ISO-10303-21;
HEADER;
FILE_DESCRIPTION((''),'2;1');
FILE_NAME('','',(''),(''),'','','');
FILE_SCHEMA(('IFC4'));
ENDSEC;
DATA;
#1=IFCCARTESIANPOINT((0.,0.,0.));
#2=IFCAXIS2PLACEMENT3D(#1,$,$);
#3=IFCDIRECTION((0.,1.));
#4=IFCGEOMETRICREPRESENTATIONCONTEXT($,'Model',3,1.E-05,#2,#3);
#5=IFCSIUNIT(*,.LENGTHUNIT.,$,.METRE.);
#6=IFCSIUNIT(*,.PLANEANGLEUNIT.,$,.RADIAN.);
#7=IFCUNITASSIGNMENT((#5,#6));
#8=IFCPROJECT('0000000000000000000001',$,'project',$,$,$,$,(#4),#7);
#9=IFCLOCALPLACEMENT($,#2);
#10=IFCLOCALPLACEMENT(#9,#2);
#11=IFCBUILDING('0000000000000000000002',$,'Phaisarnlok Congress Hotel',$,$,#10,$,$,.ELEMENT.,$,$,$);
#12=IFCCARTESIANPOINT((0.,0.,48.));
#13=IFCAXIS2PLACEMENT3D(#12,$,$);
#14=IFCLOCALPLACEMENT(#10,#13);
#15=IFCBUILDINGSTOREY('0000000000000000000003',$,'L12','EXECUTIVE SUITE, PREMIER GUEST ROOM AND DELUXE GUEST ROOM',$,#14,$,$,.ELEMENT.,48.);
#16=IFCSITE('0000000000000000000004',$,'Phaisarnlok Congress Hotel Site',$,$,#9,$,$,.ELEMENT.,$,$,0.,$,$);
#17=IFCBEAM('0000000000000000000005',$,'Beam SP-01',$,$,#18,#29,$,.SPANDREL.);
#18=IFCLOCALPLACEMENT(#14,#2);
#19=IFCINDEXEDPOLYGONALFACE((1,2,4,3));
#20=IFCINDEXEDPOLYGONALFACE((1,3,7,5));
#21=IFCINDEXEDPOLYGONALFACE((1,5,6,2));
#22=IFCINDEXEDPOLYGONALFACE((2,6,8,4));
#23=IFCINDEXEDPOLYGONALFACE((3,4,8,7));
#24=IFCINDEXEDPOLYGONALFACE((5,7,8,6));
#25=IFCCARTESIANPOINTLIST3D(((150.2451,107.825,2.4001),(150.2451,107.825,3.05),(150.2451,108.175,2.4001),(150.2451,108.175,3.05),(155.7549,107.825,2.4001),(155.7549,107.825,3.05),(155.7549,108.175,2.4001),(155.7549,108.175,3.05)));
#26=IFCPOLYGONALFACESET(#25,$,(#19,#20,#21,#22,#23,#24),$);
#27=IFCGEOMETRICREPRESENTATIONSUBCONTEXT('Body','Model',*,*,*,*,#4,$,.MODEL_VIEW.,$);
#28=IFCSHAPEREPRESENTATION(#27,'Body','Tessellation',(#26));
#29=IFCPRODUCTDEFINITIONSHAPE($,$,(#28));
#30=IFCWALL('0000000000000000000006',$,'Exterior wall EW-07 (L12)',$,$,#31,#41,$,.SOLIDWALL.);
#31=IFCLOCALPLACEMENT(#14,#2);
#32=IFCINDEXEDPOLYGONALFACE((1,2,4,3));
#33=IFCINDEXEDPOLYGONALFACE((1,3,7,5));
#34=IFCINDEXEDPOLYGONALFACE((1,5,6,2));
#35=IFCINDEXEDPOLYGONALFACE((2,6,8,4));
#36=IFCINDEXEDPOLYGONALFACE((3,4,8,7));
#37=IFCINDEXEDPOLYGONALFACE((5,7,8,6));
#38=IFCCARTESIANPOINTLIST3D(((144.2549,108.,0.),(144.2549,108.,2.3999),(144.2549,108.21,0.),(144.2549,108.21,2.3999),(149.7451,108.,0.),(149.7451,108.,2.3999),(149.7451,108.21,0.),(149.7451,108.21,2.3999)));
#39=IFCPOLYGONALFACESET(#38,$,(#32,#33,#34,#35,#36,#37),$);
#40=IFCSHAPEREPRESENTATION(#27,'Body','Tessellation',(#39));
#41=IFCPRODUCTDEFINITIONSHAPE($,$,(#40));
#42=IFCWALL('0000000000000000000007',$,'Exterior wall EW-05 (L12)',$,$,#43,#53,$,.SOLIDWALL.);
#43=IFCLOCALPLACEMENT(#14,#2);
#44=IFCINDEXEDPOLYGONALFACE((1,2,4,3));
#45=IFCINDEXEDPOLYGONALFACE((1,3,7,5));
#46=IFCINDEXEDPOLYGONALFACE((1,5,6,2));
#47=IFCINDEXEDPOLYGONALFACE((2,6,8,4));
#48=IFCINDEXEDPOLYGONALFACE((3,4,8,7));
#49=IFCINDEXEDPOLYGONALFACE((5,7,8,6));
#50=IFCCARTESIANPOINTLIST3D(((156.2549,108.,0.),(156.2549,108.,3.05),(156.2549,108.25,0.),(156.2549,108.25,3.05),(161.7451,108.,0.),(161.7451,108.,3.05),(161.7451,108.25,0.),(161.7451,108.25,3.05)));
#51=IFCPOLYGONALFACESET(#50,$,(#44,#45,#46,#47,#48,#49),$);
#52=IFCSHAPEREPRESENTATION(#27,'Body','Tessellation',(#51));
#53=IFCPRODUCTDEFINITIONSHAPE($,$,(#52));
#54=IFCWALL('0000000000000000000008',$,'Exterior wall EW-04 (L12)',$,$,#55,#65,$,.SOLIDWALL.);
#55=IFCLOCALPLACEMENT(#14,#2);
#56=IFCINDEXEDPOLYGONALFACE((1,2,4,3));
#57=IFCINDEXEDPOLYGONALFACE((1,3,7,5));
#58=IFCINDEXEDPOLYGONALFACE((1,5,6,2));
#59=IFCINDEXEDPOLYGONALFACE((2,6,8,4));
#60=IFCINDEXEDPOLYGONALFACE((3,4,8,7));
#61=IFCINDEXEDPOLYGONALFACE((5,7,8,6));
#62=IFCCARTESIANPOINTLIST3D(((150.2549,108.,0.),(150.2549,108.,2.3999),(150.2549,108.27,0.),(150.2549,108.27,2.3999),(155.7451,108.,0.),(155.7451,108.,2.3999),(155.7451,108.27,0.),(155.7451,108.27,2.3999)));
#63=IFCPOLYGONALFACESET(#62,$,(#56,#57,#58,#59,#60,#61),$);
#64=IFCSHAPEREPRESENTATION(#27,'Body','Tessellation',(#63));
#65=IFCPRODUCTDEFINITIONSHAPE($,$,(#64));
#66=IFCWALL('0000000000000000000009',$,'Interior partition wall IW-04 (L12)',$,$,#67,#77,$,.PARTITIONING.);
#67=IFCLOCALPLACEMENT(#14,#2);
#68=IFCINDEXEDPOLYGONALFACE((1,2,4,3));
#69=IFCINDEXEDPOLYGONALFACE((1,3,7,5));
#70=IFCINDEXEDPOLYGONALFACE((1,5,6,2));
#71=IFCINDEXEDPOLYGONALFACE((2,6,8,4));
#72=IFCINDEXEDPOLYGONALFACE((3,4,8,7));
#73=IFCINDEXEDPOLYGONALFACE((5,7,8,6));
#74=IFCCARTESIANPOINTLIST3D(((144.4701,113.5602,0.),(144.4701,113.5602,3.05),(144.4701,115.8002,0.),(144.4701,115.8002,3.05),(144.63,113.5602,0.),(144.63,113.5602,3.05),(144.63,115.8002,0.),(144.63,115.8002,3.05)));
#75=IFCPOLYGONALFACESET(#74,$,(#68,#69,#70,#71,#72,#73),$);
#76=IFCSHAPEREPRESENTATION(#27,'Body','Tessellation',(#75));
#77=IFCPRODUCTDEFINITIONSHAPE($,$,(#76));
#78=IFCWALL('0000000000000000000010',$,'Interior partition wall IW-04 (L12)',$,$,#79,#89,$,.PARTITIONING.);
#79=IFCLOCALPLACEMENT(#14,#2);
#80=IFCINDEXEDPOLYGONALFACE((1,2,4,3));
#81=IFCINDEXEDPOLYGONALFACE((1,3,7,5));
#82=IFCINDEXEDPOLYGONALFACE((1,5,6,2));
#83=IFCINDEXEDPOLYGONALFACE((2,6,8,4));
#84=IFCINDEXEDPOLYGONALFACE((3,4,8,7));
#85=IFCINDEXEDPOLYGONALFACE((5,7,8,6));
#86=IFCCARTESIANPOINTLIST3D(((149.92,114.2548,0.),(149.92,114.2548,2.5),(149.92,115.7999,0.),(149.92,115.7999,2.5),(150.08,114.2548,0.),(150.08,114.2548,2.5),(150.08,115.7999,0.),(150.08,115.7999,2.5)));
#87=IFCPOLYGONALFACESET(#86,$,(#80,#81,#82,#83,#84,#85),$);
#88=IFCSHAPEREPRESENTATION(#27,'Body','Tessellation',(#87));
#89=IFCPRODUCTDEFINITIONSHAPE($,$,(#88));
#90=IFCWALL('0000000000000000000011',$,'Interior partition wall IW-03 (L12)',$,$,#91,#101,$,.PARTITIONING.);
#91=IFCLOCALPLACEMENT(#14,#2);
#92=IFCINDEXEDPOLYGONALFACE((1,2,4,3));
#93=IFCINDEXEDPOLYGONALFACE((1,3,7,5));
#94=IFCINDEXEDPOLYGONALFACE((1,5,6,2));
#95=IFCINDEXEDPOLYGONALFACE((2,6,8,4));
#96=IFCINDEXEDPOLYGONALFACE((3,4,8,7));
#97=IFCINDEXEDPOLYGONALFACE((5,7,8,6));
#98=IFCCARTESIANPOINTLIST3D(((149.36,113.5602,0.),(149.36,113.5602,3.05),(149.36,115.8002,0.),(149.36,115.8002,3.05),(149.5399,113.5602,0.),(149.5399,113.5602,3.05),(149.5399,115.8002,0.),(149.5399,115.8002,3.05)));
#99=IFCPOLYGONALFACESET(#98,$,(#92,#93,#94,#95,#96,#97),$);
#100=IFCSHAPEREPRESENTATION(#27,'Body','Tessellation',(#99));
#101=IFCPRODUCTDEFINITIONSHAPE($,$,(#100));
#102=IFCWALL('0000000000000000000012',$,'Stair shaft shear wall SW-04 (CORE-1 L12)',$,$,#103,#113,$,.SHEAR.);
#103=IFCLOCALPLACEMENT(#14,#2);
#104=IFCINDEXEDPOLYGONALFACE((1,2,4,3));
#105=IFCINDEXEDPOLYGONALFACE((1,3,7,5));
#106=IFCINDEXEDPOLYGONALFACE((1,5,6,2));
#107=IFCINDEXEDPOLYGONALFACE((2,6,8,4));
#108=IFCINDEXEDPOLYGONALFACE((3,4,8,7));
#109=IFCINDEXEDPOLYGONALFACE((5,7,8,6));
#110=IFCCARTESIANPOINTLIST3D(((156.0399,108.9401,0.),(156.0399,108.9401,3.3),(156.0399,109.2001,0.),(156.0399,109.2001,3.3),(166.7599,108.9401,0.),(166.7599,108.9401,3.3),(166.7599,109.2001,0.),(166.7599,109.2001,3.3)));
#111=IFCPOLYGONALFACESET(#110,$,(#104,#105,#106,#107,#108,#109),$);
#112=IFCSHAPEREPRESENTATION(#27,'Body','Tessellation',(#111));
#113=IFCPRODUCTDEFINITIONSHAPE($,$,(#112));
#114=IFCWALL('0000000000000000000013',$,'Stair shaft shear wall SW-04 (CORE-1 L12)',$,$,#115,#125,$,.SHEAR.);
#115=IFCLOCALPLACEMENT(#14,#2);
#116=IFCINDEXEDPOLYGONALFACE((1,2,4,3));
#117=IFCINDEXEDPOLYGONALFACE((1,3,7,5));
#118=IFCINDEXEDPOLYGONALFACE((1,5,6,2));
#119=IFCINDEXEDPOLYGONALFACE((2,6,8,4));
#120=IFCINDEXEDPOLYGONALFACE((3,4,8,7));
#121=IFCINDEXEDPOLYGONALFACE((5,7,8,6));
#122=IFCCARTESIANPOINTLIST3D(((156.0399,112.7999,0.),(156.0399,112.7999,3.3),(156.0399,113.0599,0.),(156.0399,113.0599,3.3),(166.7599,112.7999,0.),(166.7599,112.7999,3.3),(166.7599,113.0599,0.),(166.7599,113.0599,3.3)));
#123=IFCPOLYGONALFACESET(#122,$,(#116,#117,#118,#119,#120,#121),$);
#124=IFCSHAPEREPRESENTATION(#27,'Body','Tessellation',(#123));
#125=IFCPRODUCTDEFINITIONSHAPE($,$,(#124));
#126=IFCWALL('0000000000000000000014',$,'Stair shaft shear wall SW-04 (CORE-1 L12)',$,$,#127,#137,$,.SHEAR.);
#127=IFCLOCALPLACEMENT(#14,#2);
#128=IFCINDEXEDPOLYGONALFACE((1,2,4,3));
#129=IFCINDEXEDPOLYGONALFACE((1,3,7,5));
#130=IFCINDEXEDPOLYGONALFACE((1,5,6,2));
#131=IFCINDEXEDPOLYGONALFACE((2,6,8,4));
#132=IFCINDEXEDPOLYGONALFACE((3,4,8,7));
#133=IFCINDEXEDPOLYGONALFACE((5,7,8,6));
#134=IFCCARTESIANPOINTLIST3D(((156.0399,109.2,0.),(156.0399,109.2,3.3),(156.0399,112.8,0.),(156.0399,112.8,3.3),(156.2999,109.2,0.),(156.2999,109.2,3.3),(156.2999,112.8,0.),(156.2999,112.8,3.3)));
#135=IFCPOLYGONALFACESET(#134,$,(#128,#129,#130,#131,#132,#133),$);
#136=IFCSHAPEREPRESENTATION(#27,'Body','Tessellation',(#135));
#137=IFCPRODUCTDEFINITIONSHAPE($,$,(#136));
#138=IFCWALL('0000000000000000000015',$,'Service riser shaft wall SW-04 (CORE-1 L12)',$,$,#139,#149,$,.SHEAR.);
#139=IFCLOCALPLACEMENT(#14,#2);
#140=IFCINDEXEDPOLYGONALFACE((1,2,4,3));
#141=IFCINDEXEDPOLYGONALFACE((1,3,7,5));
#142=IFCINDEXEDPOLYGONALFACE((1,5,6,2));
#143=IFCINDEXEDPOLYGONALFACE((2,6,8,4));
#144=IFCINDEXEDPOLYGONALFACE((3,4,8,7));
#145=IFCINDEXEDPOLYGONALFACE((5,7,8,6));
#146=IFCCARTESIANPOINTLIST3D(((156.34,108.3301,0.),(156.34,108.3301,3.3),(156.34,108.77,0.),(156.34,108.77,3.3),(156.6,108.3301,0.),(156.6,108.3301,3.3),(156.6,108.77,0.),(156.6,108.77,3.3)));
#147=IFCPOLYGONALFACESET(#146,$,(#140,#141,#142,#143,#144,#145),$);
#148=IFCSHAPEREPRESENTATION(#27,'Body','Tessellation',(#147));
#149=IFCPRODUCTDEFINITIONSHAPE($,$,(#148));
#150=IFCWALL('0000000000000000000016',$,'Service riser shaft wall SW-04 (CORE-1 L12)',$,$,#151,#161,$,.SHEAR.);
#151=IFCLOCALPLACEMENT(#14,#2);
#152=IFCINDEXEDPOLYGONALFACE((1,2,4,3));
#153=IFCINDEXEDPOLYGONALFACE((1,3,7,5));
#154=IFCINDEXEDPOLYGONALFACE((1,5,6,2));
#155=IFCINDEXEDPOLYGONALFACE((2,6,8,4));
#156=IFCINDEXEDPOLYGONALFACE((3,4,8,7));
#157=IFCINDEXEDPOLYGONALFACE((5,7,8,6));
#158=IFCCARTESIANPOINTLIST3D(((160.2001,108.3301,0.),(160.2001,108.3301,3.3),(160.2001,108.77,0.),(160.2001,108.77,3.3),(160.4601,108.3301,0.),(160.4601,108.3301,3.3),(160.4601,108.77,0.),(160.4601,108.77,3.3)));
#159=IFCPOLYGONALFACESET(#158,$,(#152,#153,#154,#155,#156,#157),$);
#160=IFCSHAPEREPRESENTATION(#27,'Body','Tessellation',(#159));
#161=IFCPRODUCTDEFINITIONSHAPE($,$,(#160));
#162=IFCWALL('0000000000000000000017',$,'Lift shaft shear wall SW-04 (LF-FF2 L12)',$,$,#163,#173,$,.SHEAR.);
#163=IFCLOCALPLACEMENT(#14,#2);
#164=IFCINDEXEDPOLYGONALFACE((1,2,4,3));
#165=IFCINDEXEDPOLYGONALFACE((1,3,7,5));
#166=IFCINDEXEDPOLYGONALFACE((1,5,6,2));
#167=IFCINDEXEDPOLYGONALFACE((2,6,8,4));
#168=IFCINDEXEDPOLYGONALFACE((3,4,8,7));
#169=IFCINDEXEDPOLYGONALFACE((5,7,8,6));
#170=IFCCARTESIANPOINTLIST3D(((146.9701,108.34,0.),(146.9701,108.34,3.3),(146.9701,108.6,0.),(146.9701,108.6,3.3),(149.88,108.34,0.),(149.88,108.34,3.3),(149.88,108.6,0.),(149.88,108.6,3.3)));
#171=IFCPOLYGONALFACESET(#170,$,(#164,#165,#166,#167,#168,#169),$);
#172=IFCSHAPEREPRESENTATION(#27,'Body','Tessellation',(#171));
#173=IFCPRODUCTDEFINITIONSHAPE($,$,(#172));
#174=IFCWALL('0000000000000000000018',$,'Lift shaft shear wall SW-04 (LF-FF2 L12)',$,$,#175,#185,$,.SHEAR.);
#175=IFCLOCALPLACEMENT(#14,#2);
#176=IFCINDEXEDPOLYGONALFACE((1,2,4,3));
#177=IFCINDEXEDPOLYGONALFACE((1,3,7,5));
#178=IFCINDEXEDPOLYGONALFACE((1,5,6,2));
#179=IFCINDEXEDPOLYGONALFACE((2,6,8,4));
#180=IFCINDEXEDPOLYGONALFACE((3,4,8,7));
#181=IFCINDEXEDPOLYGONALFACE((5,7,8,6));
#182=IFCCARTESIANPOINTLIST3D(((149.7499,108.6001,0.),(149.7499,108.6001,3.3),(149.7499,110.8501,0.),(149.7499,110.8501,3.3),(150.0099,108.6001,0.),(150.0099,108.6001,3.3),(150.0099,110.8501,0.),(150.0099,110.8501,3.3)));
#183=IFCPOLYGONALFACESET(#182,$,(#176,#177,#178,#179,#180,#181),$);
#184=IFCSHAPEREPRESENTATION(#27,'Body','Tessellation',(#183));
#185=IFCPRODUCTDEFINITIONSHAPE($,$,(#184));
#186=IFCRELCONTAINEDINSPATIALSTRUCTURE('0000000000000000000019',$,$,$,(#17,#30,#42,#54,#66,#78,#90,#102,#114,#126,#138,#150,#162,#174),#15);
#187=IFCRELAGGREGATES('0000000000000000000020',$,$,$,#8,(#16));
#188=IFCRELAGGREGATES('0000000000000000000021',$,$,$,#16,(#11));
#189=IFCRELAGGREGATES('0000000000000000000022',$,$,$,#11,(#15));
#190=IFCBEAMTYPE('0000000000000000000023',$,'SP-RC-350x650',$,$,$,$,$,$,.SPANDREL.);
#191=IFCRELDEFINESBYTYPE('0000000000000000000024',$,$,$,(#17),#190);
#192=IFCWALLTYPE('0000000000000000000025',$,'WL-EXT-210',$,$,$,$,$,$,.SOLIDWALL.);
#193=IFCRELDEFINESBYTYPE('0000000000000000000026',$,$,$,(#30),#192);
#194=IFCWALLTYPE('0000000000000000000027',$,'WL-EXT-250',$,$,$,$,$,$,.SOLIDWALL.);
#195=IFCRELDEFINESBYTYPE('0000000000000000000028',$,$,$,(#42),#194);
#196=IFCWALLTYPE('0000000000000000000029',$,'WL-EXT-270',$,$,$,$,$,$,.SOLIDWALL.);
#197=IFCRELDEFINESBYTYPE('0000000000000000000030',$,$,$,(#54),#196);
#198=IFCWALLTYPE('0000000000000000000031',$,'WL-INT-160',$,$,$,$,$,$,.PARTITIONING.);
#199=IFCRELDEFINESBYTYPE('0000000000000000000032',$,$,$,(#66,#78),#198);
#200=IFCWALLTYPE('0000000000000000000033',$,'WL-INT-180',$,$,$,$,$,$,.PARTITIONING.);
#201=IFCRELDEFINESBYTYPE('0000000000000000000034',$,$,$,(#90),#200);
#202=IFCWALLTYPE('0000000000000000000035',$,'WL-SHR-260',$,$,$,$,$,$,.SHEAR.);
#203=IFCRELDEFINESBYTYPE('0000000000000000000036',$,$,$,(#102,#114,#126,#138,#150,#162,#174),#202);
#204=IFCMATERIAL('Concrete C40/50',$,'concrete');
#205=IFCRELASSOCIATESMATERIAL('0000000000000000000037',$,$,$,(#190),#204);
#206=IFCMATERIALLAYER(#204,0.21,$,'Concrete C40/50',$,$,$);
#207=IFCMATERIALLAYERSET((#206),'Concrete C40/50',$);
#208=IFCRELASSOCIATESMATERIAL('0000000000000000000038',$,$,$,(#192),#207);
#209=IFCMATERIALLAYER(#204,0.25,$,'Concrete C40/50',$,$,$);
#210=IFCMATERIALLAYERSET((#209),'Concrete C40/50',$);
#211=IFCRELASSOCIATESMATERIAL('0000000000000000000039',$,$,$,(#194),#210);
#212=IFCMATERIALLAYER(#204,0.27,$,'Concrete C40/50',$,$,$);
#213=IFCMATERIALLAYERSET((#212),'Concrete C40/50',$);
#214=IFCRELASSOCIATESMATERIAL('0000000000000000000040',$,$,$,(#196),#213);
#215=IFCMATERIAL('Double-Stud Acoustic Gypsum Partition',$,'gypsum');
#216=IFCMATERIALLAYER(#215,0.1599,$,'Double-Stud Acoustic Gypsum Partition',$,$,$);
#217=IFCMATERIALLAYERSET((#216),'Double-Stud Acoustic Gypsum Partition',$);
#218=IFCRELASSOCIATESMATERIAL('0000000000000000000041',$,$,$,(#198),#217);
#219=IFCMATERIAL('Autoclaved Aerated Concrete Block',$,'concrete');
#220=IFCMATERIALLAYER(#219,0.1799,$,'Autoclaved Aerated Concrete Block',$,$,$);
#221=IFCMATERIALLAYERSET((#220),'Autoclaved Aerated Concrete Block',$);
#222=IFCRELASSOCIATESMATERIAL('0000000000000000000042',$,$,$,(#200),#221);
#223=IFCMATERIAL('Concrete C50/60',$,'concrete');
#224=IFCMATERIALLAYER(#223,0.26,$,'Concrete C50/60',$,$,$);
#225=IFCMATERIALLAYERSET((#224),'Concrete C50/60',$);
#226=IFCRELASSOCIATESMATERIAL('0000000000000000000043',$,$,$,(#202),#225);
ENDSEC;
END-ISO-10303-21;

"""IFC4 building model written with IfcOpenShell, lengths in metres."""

from ifc_helpers import new_model, si_unit, direction, frame, frame_2d, origin, origin_2d, place, context, subcontext, project, spatial, rectangle, extrude, material, layer, layer_set, material_profile, profile_set, type_object, element, save


model = new_model("IFC4")

# Units and contexts
model_context = context("Model", 3, precision=1e-05, world=origin(), true_north=direction((0.0, 1.0)))
body_context = subcontext(model_context, "Body", "Model", "MODEL_VIEW")
ifc_project = project(units=[si_unit("LENGTHUNIT", "METRE"), si_unit("PLANEANGLEUNIT", "RADIAN")], contexts=[model_context])

# Site, building, storey
site_placement = place(None, origin())
site = spatial("IfcSite", under=ifc_project, at=site_placement, Name="Phaisarnlok Congress Hotel Site", CompositionType="ELEMENT", RefElevation=0.0)
building_placement = place(site_placement, origin())
building = spatial("IfcBuilding", under=site, at=building_placement, Name="Phaisarnlok Congress Hotel", CompositionType="ELEMENT")
storey_placement = place(building_placement, frame((0.0, 0.0, 48.0)))
storey = spatial("IfcBuildingStorey", under=building, at=storey_placement, Name="L12", Description="EXECUTIVE SUITE, PREMIER GUEST ROOM AND DELUXE GUEST ROOM", CompositionType="ELEMENT", Elevation=48.0)

# Shared definitions
ifc_material_1 = material(Name="Concrete C50/60", Category="concrete")

# Beam
ifc_material_2 = material(Name="Concrete C40/50", Category="concrete")
ifc_material_profile_1 = material_profile(ifc_material_2, rectangle(XDim=0.3501, YDim=0.6499, at=origin_2d()), Name="RC 350x650")
ifc_profile_set_1 = profile_set([ifc_material_profile_1], Name="Concrete C40/50")
beam_type_1 = type_object("IfcBeamType", Name="SP-RC-350x650", PredefinedType="SPANDREL", material=ifc_profile_set_1)
beam_1_placement = place(storey_placement, frame((150.2451, 108.0, 2.7251), z_axis=(1.0, 0.0, 0.0), x_axis=(0.0, 1.0, 0.0)))
element("IfcBeam", 1, at=beam_1_placement, inside=storey, type_object=beam_type_1, Name="Beam SP-01", PredefinedType="SPANDREL", context=body_context, shape_type="SweptSolid", body=[
    extrude(rectangle(XDim=0.3501, YDim=0.6499, at=origin_2d()), origin(), (0.0, 0.0, 1.0), 5.5098),
])

# Walls
ifc_layer_1 = layer(ifc_material_2, 0.21, Name="Concrete C40/50")
ifc_layer_set_1 = layer_set([ifc_layer_1], Name="Concrete C40/50")
wall_type_1 = type_object("IfcWallType", Name="WL-EXT-210", PredefinedType="SOLIDWALL", material=ifc_layer_set_1)
wall_1_placement = place(storey_placement, frame((144.2549, 108.105, 0.0), z_axis=(0.0, 0.0, 1.0), x_axis=(1.0, 0.0, 0.0)))
element("IfcWall", 2, at=wall_1_placement, inside=storey, type_object=wall_type_1, Name="Exterior wall EW-07 (L12)", PredefinedType="SOLIDWALL", context=body_context, shape_type="SweptSolid", body=[
    extrude(rectangle(XDim=5.4902, YDim=0.21, at=frame_2d((2.7451, 0.0))), origin(), (0.0, 0.0, 1.0), 2.3999),
])
ifc_layer_2 = layer(ifc_material_2, 0.25, Name="Concrete C40/50")
ifc_layer_set_2 = layer_set([ifc_layer_2], Name="Concrete C40/50")
wall_type_2 = type_object("IfcWallType", Name="WL-EXT-250", PredefinedType="SOLIDWALL", material=ifc_layer_set_2)
wall_2_placement = place(storey_placement, frame((156.2549, 108.125, 0.0), z_axis=(0.0, 0.0, 1.0), x_axis=(1.0, 0.0, 0.0)))
element("IfcWall", 3, at=wall_2_placement, inside=storey, type_object=wall_type_2, Name="Exterior wall EW-05 (L12)", PredefinedType="SOLIDWALL", context=body_context, shape_type="SweptSolid", body=[
    extrude(rectangle(XDim=5.4902, YDim=0.25, at=frame_2d((2.7451, 0.0))), origin(), (0.0, 0.0, 1.0), 3.05),
])
ifc_layer_3 = layer(ifc_material_2, 0.27, Name="Concrete C40/50")
ifc_layer_set_3 = layer_set([ifc_layer_3], Name="Concrete C40/50")
wall_type_3 = type_object("IfcWallType", Name="WL-EXT-270", PredefinedType="SOLIDWALL", material=ifc_layer_set_3)
wall_3_placement = place(storey_placement, frame((150.2549, 108.135, 0.0), z_axis=(0.0, 0.0, 1.0), x_axis=(1.0, 0.0, 0.0)))
element("IfcWall", 4, at=wall_3_placement, inside=storey, type_object=wall_type_3, Name="Exterior wall EW-04 (L12)", PredefinedType="SOLIDWALL", context=body_context, shape_type="SweptSolid", body=[
    extrude(rectangle(XDim=5.4902, YDim=0.27, at=frame_2d((2.7451, 0.0))), origin(), (0.0, 0.0, 1.0), 2.3999),
])
ifc_material_3 = material(Name="Double-Stud Acoustic Gypsum Partition", Category="gypsum")
ifc_layer_4 = layer(ifc_material_3, 0.1599, Name="Double-Stud Acoustic Gypsum Partition")
ifc_layer_set_4 = layer_set([ifc_layer_4], Name="Double-Stud Acoustic Gypsum Partition")
wall_type_4 = type_object("IfcWallType", Name="WL-INT-160", PredefinedType="PARTITIONING", material=ifc_layer_set_4)
wall_4_placement = place(storey_placement, frame((144.55, 113.5601, 0.0), z_axis=(0.0, 0.0, 1.0), x_axis=(0.0, 1.0, 0.0)))
element("IfcWall", 5, at=wall_4_placement, inside=storey, type_object=wall_type_4, Name="Interior partition wall IW-04 (L12)", PredefinedType="PARTITIONING", context=body_context, shape_type="SweptSolid", body=[
    extrude(rectangle(XDim=2.24, YDim=0.1599, at=frame_2d((1.1201, 0.0))), origin(), (0.0, 0.0, 1.0), 3.05),
])
wall_5_placement = place(storey_placement, frame((150.0, 114.2549, 0.0), z_axis=(0.0, 0.0, 1.0), x_axis=(0.0, 1.0, 0.0)))
element("IfcWall", 6, at=wall_5_placement, inside=storey, type_object=wall_type_4, Name="Interior partition wall IW-04 (L12)", PredefinedType="PARTITIONING", context=body_context, shape_type="SweptSolid", body=[
    extrude(rectangle(XDim=1.5452, YDim=0.1599, at=frame_2d((0.7725, 0.0))), origin(), (0.0, 0.0, 1.0), 2.5),
])
ifc_material_4 = material(Name="Autoclaved Aerated Concrete Block", Category="concrete")
ifc_layer_5 = layer(ifc_material_4, 0.1799, Name="Autoclaved Aerated Concrete Block")
ifc_layer_set_5 = layer_set([ifc_layer_5], Name="Autoclaved Aerated Concrete Block")
wall_type_5 = type_object("IfcWallType", Name="WL-INT-180", PredefinedType="PARTITIONING", material=ifc_layer_set_5)
wall_6_placement = place(storey_placement, frame((149.45, 113.5601, 0.0), z_axis=(0.0, 0.0, 1.0), x_axis=(0.0, 1.0, 0.0)))
element("IfcWall", 7, at=wall_6_placement, inside=storey, type_object=wall_type_5, Name="Interior partition wall IW-03 (L12)", PredefinedType="PARTITIONING", context=body_context, shape_type="SweptSolid", body=[
    extrude(rectangle(XDim=2.24, YDim=0.1799, at=frame_2d((1.1201, 0.0))), origin(), (0.0, 0.0, 1.0), 3.05),
])
ifc_layer_6 = layer(ifc_material_1, 0.26, Name="Concrete C50/60")
ifc_layer_set_6 = layer_set([ifc_layer_6], Name="Concrete C50/60")
wall_type_6 = type_object("IfcWallType", Name="WL-SHR-260", PredefinedType="SHEAR", material=ifc_layer_set_6)
for number, where, z_axis, x_axis, name in (
    (8, (156.04, 109.0701, 0.0), (0.0, 0.0, 1.0), (1.0, 0.0, 0.0), "Stair shaft shear wall SW-04 (CORE-1 L12)"),
    (9, (156.04, 112.9299, 0.0), (0.0, 0.0, 1.0), (1.0, 0.0, 0.0), "Stair shaft shear wall SW-04 (CORE-1 L12)"),
):
    element("IfcWall", number, at=place(storey_placement, frame(where, z_axis=z_axis, x_axis=x_axis)), inside=storey, type_object=wall_type_6, Name=name, PredefinedType="SHEAR", context=body_context, shape_type="SweptSolid", body=[
        extrude(rectangle(XDim=10.72, YDim=0.26, at=frame_2d((5.3599, 0.0))), origin(), (0.0, 0.0, 1.0), 3.3),
    ])
wall_7_placement = place(storey_placement, frame((156.1699, 109.2, 0.0), z_axis=(0.0, 0.0, 1.0), x_axis=(0.0, 1.0, 0.0)))
element("IfcWall", 10, at=wall_7_placement, inside=storey, type_object=wall_type_6, Name="Stair shaft shear wall SW-04 (CORE-1 L12)", PredefinedType="SHEAR", context=body_context, shape_type="SweptSolid", body=[
    extrude(rectangle(XDim=3.6001, YDim=0.26, at=frame_2d((1.8, 0.0))), origin(), (0.0, 0.0, 1.0), 3.3),
])
for number, where, z_axis, x_axis, name in (
    (11, (156.47, 108.3301, 0.0), (0.0, 0.0, 1.0), (0.0, 1.0, 0.0), "Service riser shaft wall SW-04 (CORE-1 L12)"),
    (12, (160.3301, 108.3301, 0.0), (0.0, 0.0, 1.0), (0.0, 1.0, 0.0), "Service riser shaft wall SW-04 (CORE-1 L12)"),
):
    element("IfcWall", number, at=place(storey_placement, frame(where, z_axis=z_axis, x_axis=x_axis)), inside=storey, type_object=wall_type_6, Name=name, PredefinedType="SHEAR", context=body_context, shape_type="SweptSolid", body=[
        extrude(rectangle(XDim=0.4399, YDim=0.26, at=frame_2d((0.22, 0.0))), origin(), (0.0, 0.0, 1.0), 3.3),
    ])
wall_8_placement = place(storey_placement, frame((146.97, 108.47, 0.0), z_axis=(0.0, 0.0, 1.0), x_axis=(1.0, 0.0, 0.0)))
element("IfcWall", 13, at=wall_8_placement, inside=storey, type_object=wall_type_6, Name="Lift shaft shear wall SW-04 (LF-FF2 L12)", PredefinedType="SHEAR", context=body_context, shape_type="SweptSolid", body=[
    extrude(rectangle(XDim=2.9099, YDim=0.26, at=frame_2d((1.4551, 0.0))), origin(), (0.0, 0.0, 1.0), 3.3),
])
wall_9_placement = place(storey_placement, frame((149.8799, 108.6001, 0.0), z_axis=(0.0, 0.0, 1.0), x_axis=(0.0, 1.0, 0.0)))
element("IfcWall", 14, at=wall_9_placement, inside=storey, type_object=wall_type_6, Name="Lift shaft shear wall SW-04 (LF-FF2 L12)", PredefinedType="SHEAR", context=body_context, shape_type="SweptSolid", body=[
    extrude(rectangle(XDim=2.25, YDim=0.26, at=frame_2d((1.125, 0.0))), origin(), (0.0, 0.0, 1.0), 3.3),
])

save(model, "model.ifc")
